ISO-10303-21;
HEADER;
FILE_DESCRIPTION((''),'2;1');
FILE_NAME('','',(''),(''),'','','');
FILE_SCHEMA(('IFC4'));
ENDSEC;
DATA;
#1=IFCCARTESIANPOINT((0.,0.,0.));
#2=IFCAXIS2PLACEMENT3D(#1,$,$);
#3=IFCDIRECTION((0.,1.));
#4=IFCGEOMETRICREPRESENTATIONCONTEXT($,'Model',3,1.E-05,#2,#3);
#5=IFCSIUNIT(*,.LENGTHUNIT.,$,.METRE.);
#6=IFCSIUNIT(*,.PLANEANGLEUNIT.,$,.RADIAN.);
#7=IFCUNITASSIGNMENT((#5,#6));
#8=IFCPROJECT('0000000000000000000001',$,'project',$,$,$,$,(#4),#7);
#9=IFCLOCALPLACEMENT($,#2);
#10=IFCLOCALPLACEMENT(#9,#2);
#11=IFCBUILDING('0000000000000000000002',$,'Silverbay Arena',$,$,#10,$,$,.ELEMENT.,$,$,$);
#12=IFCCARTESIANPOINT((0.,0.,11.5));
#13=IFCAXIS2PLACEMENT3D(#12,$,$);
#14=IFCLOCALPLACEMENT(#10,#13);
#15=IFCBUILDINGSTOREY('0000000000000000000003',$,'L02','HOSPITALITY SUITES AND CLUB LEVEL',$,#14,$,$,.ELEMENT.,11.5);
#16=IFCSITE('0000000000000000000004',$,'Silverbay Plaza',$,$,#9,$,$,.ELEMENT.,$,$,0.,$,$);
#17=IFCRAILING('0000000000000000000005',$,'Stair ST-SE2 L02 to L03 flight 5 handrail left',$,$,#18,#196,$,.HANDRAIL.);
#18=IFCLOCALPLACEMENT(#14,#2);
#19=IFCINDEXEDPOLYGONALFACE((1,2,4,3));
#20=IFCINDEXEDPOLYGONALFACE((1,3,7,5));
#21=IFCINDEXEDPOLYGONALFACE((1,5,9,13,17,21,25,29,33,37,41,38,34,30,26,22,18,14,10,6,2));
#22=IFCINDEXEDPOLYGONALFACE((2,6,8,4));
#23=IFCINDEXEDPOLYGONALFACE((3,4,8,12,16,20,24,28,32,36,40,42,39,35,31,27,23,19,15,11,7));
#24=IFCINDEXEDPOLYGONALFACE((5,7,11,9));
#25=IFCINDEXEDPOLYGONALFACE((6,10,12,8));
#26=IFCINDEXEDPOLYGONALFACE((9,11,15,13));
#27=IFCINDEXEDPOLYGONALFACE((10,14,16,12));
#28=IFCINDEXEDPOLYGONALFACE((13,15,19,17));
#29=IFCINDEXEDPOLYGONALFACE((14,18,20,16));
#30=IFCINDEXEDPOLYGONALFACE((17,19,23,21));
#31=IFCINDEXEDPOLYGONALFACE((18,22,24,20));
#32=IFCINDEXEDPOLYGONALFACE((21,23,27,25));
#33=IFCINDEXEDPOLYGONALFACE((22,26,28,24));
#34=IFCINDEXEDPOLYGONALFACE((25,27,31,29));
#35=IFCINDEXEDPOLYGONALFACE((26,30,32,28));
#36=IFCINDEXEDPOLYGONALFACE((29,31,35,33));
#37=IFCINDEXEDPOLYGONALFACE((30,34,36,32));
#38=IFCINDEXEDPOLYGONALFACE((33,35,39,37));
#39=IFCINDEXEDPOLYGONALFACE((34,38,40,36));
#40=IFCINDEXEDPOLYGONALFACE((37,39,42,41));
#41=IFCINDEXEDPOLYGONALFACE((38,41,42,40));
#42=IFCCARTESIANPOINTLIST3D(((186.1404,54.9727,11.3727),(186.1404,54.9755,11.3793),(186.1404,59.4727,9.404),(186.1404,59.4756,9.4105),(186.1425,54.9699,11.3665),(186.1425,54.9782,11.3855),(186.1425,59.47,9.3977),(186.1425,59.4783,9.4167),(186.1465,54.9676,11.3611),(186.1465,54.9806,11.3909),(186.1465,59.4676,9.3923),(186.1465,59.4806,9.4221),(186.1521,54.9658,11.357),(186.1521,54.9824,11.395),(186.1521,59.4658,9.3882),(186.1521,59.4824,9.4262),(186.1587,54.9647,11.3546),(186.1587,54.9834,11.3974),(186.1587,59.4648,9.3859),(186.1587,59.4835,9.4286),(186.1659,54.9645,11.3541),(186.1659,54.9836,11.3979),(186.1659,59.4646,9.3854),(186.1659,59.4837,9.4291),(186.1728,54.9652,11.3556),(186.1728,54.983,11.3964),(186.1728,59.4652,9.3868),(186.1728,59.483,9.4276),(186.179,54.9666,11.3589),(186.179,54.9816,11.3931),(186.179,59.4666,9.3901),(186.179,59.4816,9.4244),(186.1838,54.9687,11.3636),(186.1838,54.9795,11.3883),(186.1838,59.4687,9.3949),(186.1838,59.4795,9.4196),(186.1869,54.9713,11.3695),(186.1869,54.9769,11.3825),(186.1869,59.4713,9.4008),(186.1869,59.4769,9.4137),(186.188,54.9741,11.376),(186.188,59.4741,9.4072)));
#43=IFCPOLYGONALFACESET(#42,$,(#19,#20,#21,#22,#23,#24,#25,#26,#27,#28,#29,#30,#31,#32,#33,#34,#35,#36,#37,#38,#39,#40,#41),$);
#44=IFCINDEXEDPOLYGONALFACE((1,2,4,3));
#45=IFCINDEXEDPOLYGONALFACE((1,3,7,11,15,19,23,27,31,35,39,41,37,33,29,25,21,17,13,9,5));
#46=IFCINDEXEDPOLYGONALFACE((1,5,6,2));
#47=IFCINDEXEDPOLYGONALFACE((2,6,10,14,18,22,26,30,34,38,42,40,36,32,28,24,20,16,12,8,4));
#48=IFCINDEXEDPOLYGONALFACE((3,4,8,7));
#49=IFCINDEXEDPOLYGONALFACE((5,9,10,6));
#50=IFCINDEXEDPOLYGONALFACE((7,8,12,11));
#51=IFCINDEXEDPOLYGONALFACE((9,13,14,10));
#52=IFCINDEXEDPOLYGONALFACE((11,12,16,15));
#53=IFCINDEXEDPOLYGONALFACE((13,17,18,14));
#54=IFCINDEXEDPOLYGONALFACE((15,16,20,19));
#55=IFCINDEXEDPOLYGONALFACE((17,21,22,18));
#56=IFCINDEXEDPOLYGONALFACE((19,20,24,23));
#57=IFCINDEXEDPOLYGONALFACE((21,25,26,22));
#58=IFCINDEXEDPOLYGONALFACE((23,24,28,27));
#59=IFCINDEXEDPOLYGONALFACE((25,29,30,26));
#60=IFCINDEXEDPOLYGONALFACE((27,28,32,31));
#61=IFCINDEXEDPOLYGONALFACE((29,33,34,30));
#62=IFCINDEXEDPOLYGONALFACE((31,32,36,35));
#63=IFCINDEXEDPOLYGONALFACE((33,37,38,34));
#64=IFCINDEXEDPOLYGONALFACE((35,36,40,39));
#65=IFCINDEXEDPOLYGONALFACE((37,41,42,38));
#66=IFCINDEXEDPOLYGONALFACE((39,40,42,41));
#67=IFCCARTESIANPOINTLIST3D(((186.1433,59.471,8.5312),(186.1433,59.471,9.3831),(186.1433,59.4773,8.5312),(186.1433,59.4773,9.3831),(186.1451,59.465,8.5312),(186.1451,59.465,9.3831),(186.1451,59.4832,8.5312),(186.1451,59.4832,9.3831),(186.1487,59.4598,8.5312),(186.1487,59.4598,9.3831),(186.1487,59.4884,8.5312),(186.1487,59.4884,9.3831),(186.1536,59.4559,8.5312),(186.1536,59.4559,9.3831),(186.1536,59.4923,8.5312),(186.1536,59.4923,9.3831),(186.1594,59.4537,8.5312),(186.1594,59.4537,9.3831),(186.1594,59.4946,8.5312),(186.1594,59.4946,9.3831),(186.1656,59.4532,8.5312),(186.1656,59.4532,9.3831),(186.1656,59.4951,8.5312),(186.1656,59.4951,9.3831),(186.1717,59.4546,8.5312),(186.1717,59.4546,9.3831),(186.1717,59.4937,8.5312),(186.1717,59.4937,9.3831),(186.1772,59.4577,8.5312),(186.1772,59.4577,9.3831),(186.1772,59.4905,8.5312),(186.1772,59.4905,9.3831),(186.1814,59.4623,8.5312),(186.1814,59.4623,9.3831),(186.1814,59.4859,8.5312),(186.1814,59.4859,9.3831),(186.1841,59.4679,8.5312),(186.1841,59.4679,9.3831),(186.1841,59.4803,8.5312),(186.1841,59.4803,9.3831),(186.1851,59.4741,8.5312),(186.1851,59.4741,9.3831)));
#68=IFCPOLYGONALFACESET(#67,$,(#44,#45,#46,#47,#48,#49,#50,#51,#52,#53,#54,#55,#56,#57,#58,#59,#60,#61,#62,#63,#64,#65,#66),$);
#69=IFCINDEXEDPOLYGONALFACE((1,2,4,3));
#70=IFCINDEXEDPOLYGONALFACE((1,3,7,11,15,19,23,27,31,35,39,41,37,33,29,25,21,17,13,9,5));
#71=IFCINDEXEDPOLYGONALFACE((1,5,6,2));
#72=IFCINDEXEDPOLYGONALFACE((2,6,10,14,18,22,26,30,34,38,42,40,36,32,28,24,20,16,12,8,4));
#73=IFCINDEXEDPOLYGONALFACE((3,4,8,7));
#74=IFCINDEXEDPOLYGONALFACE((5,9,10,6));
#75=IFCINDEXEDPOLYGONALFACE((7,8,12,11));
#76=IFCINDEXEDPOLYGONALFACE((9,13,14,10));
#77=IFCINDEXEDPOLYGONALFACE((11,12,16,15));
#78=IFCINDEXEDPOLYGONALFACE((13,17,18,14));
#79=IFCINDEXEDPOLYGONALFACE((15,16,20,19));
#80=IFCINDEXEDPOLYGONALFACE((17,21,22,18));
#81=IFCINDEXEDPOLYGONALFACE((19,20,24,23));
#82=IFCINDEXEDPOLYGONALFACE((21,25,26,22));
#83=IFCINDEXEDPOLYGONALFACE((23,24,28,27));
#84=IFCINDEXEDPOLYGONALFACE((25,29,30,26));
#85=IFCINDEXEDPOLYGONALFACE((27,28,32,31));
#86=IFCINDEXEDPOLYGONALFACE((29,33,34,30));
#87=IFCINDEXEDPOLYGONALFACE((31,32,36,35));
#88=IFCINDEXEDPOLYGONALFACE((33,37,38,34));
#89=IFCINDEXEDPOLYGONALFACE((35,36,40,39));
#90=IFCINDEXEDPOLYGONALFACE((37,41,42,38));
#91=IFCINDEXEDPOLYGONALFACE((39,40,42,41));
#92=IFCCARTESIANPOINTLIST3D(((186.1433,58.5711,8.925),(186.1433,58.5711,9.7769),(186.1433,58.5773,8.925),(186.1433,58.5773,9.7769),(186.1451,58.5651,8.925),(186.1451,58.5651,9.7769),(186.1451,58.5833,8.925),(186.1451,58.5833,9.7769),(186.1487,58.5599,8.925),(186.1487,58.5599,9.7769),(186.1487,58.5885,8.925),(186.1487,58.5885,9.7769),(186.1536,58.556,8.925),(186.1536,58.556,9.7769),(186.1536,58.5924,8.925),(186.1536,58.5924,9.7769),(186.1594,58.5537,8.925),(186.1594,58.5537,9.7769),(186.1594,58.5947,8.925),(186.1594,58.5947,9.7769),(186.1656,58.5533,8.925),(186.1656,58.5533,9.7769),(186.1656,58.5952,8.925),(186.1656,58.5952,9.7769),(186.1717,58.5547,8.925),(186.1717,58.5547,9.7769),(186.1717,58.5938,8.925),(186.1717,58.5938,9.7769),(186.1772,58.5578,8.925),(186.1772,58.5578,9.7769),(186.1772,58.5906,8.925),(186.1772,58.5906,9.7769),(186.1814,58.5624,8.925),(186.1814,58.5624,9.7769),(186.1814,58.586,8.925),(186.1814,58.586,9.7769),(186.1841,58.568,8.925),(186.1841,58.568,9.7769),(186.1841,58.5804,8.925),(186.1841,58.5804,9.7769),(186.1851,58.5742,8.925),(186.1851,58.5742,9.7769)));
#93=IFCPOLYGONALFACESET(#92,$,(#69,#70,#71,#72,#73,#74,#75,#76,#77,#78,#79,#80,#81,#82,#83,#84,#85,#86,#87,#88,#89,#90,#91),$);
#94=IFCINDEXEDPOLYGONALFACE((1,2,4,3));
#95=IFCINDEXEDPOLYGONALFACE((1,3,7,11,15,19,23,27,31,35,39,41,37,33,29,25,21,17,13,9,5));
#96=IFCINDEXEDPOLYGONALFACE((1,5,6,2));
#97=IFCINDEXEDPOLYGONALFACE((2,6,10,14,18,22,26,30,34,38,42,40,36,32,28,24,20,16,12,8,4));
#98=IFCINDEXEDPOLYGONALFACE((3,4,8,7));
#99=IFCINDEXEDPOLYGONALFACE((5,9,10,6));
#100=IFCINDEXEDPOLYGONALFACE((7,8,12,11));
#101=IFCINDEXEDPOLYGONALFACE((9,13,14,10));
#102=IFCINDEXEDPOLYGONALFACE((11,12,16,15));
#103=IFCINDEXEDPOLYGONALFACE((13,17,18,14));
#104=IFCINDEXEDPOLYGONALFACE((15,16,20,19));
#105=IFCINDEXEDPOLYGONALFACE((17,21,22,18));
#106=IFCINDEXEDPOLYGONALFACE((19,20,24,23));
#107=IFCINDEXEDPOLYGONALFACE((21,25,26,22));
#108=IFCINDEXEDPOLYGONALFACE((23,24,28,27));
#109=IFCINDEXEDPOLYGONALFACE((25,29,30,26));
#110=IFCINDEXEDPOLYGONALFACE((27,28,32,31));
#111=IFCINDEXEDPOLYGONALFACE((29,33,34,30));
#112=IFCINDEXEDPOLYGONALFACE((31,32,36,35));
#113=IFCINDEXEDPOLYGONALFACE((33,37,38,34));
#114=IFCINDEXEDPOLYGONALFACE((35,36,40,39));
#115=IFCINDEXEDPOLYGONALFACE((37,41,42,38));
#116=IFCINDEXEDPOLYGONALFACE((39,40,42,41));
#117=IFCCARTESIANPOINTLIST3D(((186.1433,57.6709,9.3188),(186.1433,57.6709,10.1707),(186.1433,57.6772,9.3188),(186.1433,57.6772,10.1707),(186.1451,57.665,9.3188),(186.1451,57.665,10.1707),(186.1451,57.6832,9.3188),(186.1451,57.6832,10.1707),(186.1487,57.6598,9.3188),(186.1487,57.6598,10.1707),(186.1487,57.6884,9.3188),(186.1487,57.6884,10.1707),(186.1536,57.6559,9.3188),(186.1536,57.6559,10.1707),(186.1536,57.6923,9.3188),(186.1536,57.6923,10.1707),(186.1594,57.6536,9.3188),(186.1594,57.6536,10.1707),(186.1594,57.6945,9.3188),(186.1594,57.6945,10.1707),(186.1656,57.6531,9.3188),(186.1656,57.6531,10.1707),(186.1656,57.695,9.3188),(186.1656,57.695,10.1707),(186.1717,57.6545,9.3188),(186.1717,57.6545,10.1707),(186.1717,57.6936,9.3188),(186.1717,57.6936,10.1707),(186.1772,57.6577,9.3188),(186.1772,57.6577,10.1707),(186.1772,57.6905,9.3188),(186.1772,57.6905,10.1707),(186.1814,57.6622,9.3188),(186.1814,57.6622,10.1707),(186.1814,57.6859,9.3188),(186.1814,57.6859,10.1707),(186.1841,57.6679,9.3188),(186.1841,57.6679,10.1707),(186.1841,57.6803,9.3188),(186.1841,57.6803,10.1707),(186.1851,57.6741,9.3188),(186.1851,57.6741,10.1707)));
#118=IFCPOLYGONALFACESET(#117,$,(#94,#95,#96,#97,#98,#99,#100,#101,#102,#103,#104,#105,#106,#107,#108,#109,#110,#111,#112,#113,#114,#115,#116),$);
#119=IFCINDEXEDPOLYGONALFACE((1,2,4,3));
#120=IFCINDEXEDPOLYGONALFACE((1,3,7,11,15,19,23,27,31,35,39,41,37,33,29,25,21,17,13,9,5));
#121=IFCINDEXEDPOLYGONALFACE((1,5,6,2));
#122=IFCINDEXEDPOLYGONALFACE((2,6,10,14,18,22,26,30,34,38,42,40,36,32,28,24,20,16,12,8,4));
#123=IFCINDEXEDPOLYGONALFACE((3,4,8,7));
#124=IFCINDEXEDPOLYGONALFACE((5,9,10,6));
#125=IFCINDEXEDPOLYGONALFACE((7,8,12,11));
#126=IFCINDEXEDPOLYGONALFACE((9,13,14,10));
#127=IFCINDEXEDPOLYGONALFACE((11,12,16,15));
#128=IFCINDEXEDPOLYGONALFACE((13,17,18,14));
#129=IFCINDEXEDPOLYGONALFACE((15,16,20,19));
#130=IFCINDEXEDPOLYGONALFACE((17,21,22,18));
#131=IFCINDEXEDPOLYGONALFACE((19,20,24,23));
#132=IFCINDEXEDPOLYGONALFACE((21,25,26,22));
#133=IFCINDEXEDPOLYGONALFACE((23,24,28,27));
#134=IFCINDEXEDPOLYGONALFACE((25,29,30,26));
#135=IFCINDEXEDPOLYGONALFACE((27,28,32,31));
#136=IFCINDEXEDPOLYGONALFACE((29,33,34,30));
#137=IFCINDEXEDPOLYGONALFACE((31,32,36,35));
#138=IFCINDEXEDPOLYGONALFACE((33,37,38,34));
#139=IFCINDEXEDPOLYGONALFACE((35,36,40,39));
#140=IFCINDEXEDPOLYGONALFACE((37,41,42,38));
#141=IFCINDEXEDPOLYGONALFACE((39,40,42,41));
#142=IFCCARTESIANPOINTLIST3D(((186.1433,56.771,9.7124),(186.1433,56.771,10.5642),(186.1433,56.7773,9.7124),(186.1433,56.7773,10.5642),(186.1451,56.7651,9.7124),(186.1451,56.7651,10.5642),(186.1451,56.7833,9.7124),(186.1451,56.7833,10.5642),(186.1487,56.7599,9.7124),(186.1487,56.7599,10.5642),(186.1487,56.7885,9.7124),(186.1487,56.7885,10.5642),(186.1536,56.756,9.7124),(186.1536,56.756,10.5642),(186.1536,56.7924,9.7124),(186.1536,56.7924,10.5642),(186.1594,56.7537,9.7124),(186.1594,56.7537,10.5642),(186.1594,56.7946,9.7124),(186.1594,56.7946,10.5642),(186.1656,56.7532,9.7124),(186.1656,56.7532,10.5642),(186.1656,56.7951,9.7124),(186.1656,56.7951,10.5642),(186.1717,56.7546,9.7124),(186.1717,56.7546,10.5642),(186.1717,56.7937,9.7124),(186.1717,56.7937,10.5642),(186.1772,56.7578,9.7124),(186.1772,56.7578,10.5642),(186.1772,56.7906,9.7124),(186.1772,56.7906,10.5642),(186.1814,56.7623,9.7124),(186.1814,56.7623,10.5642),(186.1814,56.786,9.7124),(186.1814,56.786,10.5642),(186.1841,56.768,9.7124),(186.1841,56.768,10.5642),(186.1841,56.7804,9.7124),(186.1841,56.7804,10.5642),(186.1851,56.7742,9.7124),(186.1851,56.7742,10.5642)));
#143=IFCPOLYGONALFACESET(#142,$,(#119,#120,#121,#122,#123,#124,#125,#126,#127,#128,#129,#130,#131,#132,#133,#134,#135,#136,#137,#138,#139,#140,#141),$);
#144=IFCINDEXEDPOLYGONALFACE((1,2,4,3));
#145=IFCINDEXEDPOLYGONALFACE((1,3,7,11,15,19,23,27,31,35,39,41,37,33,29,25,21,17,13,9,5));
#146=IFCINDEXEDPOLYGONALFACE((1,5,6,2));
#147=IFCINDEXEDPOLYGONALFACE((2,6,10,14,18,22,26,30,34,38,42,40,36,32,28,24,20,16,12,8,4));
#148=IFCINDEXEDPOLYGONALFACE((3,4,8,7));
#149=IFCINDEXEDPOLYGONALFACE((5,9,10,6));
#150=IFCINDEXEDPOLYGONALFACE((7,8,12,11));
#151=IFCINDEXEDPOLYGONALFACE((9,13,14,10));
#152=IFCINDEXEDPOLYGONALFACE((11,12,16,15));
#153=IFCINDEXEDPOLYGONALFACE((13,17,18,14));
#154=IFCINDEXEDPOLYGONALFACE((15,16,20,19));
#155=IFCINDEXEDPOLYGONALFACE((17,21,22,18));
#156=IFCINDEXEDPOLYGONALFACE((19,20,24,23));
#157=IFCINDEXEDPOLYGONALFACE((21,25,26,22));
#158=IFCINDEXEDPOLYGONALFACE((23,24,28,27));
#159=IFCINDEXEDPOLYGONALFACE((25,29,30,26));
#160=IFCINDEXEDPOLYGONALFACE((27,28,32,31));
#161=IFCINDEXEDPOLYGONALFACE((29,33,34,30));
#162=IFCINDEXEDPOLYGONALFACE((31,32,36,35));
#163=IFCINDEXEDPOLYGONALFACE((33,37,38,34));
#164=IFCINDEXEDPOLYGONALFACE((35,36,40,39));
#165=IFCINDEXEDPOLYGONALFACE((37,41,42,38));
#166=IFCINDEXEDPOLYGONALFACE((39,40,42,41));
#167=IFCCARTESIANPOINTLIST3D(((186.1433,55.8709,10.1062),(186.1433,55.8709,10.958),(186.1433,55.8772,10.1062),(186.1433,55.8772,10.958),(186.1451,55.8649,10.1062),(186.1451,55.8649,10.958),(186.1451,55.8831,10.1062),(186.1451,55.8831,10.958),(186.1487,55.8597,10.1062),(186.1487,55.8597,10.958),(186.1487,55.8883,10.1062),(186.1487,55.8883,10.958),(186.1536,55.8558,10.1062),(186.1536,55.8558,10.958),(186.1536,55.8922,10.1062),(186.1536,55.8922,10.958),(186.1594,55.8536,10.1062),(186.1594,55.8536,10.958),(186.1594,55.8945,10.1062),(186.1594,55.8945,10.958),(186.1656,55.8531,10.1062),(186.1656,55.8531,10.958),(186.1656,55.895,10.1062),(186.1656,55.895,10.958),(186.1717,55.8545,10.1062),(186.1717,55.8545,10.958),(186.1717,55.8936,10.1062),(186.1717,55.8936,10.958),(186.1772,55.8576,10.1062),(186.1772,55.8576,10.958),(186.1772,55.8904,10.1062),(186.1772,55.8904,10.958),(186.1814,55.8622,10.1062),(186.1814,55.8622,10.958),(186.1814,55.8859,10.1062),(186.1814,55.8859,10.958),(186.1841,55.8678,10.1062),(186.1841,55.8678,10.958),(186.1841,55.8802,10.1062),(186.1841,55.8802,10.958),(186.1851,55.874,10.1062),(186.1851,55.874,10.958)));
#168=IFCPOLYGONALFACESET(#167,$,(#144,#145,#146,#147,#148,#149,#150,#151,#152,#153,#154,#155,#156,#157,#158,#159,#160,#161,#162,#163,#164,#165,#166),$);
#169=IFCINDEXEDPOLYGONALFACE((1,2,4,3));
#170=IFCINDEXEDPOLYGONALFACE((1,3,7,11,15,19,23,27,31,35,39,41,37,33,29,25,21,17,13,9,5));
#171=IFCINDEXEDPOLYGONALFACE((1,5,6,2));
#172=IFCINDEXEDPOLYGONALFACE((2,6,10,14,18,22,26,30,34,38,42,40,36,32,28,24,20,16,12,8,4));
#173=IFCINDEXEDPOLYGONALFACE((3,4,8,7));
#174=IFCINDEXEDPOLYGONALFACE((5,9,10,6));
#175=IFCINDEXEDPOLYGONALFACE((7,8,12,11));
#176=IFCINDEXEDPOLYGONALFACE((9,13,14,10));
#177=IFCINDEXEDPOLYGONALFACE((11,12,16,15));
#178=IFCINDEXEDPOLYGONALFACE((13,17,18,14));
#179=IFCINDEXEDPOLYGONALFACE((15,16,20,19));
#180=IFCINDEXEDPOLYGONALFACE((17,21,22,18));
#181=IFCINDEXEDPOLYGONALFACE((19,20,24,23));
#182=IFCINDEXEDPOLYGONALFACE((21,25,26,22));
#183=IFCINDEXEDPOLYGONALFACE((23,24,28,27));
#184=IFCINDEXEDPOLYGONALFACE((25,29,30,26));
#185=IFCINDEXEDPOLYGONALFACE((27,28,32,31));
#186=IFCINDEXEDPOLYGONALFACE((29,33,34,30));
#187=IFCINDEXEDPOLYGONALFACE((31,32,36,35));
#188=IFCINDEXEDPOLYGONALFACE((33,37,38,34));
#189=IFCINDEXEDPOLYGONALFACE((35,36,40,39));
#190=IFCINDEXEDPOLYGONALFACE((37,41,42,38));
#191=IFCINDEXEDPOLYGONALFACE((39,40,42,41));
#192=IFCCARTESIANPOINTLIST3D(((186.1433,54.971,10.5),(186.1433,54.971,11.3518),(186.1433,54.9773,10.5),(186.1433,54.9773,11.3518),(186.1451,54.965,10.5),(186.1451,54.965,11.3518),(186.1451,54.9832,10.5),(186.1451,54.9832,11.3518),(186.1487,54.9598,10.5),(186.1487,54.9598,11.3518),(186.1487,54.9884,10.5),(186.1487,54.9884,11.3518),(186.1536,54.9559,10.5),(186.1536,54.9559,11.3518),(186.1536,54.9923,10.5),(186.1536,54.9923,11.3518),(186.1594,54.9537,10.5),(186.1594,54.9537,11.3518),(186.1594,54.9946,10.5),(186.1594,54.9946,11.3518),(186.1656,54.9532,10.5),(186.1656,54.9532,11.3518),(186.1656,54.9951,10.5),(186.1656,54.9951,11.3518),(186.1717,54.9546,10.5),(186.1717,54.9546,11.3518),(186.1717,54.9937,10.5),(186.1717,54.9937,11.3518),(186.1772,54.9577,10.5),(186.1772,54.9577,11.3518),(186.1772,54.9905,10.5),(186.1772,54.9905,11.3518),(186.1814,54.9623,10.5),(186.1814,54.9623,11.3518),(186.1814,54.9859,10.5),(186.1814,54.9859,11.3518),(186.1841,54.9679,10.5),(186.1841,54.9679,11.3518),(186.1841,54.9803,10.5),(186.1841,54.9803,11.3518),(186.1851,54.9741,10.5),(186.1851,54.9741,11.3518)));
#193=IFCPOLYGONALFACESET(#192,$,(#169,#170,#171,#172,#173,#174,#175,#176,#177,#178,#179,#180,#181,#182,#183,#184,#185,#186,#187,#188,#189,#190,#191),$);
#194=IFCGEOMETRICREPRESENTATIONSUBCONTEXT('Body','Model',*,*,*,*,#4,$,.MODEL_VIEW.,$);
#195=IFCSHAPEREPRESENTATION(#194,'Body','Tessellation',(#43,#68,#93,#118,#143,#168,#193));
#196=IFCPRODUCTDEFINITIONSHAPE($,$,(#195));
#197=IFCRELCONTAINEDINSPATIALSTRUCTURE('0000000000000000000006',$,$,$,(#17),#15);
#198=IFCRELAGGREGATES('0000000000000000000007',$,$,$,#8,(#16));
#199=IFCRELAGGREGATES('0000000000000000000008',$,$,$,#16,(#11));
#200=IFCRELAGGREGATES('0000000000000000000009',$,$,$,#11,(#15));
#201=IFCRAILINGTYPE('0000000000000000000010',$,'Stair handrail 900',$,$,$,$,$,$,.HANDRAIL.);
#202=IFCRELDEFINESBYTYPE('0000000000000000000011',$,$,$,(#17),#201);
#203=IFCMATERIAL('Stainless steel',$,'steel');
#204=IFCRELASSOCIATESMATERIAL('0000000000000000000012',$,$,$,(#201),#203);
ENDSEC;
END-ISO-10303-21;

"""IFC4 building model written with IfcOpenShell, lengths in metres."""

from ifc_helpers import new_model, si_unit, direction, frame, origin, origin_2d, place, context, subcontext, project, spatial, circle, extrude, material, type_object, element, save


model = new_model("IFC4")

# Units and contexts
model_context = context("Model", 3, precision=1e-05, world=origin(), true_north=direction((0.0, 1.0)))
body_context = subcontext(model_context, "Body", "Model", "MODEL_VIEW")
ifc_project = project(units=[si_unit("LENGTHUNIT", "METRE"), si_unit("PLANEANGLEUNIT", "RADIAN")], contexts=[model_context])

# Site, building, storey
site_placement = place(None, origin())
site = spatial("IfcSite", under=ifc_project, at=site_placement, Name="Silverbay Plaza", CompositionType="ELEMENT", RefElevation=0.0)
building_placement = place(site_placement, origin())
building = spatial("IfcBuilding", under=site, at=building_placement, Name="Silverbay Arena", CompositionType="ELEMENT")
storey_placement = place(building_placement, frame((0.0, 0.0, 11.5)))
storey = spatial("IfcBuildingStorey", under=building, at=storey_placement, Name="L02", Description="HOSPITALITY SUITES AND CLUB LEVEL", CompositionType="ELEMENT", Elevation=11.5)

# Railing
ifc_material_1 = material(Name="Stainless steel", Category="steel")
railing_type_1 = type_object("IfcRailingType", Name="Stair handrail 900", PredefinedType="HANDRAIL", material=ifc_material_1)
for number, where, name in (
    (1, (186.1641, 59.4741, 8.5312), "Stair ST-SE2 L02 to L03 flight 5 handrail left"),
):
    element("IfcRailing", number, at=place(storey_placement, frame(where)), inside=storey, type_object=railing_type_1, Name=name, PredefinedType="HANDRAIL", context=body_context, shape_type="SweptSolid", body=[
        extrude(circle(Radius=0.0239, at=origin_2d()), frame((0.0, 0.0, 0.876), z_axis=(0.0, -0.916157, 0.400819), x_axis=(1.0, 0.0, 0.0)), (0.0, 0.0, 1.0), 4.9119),
        extrude(circle(Radius=0.021, at=origin_2d()), origin(), (0.0, 0.0, 1.0), 0.8518),
        extrude(circle(Radius=0.021, at=origin_2d()), frame((0.0, -0.8999, 0.3938)), (0.0, 0.0, 1.0), 0.8518),
        extrude(circle(Radius=0.021, at=origin_2d()), frame((0.0, -1.8, 0.7876)), (0.0, 0.0, 1.0), 0.8518),
        extrude(circle(Radius=0.021, at=origin_2d()), frame((0.0, -2.7, 1.1812)), (0.0, 0.0, 1.0), 0.8518),
        extrude(circle(Radius=0.021, at=origin_2d()), frame((0.0, -3.6001, 1.575)), (0.0, 0.0, 1.0), 0.8518),
        extrude(circle(Radius=0.021, at=origin_2d()), frame((0.0, -4.5, 1.9688)), (0.0, 0.0, 1.0), 0.8518),
    ])

save(model, "model.ifc")
